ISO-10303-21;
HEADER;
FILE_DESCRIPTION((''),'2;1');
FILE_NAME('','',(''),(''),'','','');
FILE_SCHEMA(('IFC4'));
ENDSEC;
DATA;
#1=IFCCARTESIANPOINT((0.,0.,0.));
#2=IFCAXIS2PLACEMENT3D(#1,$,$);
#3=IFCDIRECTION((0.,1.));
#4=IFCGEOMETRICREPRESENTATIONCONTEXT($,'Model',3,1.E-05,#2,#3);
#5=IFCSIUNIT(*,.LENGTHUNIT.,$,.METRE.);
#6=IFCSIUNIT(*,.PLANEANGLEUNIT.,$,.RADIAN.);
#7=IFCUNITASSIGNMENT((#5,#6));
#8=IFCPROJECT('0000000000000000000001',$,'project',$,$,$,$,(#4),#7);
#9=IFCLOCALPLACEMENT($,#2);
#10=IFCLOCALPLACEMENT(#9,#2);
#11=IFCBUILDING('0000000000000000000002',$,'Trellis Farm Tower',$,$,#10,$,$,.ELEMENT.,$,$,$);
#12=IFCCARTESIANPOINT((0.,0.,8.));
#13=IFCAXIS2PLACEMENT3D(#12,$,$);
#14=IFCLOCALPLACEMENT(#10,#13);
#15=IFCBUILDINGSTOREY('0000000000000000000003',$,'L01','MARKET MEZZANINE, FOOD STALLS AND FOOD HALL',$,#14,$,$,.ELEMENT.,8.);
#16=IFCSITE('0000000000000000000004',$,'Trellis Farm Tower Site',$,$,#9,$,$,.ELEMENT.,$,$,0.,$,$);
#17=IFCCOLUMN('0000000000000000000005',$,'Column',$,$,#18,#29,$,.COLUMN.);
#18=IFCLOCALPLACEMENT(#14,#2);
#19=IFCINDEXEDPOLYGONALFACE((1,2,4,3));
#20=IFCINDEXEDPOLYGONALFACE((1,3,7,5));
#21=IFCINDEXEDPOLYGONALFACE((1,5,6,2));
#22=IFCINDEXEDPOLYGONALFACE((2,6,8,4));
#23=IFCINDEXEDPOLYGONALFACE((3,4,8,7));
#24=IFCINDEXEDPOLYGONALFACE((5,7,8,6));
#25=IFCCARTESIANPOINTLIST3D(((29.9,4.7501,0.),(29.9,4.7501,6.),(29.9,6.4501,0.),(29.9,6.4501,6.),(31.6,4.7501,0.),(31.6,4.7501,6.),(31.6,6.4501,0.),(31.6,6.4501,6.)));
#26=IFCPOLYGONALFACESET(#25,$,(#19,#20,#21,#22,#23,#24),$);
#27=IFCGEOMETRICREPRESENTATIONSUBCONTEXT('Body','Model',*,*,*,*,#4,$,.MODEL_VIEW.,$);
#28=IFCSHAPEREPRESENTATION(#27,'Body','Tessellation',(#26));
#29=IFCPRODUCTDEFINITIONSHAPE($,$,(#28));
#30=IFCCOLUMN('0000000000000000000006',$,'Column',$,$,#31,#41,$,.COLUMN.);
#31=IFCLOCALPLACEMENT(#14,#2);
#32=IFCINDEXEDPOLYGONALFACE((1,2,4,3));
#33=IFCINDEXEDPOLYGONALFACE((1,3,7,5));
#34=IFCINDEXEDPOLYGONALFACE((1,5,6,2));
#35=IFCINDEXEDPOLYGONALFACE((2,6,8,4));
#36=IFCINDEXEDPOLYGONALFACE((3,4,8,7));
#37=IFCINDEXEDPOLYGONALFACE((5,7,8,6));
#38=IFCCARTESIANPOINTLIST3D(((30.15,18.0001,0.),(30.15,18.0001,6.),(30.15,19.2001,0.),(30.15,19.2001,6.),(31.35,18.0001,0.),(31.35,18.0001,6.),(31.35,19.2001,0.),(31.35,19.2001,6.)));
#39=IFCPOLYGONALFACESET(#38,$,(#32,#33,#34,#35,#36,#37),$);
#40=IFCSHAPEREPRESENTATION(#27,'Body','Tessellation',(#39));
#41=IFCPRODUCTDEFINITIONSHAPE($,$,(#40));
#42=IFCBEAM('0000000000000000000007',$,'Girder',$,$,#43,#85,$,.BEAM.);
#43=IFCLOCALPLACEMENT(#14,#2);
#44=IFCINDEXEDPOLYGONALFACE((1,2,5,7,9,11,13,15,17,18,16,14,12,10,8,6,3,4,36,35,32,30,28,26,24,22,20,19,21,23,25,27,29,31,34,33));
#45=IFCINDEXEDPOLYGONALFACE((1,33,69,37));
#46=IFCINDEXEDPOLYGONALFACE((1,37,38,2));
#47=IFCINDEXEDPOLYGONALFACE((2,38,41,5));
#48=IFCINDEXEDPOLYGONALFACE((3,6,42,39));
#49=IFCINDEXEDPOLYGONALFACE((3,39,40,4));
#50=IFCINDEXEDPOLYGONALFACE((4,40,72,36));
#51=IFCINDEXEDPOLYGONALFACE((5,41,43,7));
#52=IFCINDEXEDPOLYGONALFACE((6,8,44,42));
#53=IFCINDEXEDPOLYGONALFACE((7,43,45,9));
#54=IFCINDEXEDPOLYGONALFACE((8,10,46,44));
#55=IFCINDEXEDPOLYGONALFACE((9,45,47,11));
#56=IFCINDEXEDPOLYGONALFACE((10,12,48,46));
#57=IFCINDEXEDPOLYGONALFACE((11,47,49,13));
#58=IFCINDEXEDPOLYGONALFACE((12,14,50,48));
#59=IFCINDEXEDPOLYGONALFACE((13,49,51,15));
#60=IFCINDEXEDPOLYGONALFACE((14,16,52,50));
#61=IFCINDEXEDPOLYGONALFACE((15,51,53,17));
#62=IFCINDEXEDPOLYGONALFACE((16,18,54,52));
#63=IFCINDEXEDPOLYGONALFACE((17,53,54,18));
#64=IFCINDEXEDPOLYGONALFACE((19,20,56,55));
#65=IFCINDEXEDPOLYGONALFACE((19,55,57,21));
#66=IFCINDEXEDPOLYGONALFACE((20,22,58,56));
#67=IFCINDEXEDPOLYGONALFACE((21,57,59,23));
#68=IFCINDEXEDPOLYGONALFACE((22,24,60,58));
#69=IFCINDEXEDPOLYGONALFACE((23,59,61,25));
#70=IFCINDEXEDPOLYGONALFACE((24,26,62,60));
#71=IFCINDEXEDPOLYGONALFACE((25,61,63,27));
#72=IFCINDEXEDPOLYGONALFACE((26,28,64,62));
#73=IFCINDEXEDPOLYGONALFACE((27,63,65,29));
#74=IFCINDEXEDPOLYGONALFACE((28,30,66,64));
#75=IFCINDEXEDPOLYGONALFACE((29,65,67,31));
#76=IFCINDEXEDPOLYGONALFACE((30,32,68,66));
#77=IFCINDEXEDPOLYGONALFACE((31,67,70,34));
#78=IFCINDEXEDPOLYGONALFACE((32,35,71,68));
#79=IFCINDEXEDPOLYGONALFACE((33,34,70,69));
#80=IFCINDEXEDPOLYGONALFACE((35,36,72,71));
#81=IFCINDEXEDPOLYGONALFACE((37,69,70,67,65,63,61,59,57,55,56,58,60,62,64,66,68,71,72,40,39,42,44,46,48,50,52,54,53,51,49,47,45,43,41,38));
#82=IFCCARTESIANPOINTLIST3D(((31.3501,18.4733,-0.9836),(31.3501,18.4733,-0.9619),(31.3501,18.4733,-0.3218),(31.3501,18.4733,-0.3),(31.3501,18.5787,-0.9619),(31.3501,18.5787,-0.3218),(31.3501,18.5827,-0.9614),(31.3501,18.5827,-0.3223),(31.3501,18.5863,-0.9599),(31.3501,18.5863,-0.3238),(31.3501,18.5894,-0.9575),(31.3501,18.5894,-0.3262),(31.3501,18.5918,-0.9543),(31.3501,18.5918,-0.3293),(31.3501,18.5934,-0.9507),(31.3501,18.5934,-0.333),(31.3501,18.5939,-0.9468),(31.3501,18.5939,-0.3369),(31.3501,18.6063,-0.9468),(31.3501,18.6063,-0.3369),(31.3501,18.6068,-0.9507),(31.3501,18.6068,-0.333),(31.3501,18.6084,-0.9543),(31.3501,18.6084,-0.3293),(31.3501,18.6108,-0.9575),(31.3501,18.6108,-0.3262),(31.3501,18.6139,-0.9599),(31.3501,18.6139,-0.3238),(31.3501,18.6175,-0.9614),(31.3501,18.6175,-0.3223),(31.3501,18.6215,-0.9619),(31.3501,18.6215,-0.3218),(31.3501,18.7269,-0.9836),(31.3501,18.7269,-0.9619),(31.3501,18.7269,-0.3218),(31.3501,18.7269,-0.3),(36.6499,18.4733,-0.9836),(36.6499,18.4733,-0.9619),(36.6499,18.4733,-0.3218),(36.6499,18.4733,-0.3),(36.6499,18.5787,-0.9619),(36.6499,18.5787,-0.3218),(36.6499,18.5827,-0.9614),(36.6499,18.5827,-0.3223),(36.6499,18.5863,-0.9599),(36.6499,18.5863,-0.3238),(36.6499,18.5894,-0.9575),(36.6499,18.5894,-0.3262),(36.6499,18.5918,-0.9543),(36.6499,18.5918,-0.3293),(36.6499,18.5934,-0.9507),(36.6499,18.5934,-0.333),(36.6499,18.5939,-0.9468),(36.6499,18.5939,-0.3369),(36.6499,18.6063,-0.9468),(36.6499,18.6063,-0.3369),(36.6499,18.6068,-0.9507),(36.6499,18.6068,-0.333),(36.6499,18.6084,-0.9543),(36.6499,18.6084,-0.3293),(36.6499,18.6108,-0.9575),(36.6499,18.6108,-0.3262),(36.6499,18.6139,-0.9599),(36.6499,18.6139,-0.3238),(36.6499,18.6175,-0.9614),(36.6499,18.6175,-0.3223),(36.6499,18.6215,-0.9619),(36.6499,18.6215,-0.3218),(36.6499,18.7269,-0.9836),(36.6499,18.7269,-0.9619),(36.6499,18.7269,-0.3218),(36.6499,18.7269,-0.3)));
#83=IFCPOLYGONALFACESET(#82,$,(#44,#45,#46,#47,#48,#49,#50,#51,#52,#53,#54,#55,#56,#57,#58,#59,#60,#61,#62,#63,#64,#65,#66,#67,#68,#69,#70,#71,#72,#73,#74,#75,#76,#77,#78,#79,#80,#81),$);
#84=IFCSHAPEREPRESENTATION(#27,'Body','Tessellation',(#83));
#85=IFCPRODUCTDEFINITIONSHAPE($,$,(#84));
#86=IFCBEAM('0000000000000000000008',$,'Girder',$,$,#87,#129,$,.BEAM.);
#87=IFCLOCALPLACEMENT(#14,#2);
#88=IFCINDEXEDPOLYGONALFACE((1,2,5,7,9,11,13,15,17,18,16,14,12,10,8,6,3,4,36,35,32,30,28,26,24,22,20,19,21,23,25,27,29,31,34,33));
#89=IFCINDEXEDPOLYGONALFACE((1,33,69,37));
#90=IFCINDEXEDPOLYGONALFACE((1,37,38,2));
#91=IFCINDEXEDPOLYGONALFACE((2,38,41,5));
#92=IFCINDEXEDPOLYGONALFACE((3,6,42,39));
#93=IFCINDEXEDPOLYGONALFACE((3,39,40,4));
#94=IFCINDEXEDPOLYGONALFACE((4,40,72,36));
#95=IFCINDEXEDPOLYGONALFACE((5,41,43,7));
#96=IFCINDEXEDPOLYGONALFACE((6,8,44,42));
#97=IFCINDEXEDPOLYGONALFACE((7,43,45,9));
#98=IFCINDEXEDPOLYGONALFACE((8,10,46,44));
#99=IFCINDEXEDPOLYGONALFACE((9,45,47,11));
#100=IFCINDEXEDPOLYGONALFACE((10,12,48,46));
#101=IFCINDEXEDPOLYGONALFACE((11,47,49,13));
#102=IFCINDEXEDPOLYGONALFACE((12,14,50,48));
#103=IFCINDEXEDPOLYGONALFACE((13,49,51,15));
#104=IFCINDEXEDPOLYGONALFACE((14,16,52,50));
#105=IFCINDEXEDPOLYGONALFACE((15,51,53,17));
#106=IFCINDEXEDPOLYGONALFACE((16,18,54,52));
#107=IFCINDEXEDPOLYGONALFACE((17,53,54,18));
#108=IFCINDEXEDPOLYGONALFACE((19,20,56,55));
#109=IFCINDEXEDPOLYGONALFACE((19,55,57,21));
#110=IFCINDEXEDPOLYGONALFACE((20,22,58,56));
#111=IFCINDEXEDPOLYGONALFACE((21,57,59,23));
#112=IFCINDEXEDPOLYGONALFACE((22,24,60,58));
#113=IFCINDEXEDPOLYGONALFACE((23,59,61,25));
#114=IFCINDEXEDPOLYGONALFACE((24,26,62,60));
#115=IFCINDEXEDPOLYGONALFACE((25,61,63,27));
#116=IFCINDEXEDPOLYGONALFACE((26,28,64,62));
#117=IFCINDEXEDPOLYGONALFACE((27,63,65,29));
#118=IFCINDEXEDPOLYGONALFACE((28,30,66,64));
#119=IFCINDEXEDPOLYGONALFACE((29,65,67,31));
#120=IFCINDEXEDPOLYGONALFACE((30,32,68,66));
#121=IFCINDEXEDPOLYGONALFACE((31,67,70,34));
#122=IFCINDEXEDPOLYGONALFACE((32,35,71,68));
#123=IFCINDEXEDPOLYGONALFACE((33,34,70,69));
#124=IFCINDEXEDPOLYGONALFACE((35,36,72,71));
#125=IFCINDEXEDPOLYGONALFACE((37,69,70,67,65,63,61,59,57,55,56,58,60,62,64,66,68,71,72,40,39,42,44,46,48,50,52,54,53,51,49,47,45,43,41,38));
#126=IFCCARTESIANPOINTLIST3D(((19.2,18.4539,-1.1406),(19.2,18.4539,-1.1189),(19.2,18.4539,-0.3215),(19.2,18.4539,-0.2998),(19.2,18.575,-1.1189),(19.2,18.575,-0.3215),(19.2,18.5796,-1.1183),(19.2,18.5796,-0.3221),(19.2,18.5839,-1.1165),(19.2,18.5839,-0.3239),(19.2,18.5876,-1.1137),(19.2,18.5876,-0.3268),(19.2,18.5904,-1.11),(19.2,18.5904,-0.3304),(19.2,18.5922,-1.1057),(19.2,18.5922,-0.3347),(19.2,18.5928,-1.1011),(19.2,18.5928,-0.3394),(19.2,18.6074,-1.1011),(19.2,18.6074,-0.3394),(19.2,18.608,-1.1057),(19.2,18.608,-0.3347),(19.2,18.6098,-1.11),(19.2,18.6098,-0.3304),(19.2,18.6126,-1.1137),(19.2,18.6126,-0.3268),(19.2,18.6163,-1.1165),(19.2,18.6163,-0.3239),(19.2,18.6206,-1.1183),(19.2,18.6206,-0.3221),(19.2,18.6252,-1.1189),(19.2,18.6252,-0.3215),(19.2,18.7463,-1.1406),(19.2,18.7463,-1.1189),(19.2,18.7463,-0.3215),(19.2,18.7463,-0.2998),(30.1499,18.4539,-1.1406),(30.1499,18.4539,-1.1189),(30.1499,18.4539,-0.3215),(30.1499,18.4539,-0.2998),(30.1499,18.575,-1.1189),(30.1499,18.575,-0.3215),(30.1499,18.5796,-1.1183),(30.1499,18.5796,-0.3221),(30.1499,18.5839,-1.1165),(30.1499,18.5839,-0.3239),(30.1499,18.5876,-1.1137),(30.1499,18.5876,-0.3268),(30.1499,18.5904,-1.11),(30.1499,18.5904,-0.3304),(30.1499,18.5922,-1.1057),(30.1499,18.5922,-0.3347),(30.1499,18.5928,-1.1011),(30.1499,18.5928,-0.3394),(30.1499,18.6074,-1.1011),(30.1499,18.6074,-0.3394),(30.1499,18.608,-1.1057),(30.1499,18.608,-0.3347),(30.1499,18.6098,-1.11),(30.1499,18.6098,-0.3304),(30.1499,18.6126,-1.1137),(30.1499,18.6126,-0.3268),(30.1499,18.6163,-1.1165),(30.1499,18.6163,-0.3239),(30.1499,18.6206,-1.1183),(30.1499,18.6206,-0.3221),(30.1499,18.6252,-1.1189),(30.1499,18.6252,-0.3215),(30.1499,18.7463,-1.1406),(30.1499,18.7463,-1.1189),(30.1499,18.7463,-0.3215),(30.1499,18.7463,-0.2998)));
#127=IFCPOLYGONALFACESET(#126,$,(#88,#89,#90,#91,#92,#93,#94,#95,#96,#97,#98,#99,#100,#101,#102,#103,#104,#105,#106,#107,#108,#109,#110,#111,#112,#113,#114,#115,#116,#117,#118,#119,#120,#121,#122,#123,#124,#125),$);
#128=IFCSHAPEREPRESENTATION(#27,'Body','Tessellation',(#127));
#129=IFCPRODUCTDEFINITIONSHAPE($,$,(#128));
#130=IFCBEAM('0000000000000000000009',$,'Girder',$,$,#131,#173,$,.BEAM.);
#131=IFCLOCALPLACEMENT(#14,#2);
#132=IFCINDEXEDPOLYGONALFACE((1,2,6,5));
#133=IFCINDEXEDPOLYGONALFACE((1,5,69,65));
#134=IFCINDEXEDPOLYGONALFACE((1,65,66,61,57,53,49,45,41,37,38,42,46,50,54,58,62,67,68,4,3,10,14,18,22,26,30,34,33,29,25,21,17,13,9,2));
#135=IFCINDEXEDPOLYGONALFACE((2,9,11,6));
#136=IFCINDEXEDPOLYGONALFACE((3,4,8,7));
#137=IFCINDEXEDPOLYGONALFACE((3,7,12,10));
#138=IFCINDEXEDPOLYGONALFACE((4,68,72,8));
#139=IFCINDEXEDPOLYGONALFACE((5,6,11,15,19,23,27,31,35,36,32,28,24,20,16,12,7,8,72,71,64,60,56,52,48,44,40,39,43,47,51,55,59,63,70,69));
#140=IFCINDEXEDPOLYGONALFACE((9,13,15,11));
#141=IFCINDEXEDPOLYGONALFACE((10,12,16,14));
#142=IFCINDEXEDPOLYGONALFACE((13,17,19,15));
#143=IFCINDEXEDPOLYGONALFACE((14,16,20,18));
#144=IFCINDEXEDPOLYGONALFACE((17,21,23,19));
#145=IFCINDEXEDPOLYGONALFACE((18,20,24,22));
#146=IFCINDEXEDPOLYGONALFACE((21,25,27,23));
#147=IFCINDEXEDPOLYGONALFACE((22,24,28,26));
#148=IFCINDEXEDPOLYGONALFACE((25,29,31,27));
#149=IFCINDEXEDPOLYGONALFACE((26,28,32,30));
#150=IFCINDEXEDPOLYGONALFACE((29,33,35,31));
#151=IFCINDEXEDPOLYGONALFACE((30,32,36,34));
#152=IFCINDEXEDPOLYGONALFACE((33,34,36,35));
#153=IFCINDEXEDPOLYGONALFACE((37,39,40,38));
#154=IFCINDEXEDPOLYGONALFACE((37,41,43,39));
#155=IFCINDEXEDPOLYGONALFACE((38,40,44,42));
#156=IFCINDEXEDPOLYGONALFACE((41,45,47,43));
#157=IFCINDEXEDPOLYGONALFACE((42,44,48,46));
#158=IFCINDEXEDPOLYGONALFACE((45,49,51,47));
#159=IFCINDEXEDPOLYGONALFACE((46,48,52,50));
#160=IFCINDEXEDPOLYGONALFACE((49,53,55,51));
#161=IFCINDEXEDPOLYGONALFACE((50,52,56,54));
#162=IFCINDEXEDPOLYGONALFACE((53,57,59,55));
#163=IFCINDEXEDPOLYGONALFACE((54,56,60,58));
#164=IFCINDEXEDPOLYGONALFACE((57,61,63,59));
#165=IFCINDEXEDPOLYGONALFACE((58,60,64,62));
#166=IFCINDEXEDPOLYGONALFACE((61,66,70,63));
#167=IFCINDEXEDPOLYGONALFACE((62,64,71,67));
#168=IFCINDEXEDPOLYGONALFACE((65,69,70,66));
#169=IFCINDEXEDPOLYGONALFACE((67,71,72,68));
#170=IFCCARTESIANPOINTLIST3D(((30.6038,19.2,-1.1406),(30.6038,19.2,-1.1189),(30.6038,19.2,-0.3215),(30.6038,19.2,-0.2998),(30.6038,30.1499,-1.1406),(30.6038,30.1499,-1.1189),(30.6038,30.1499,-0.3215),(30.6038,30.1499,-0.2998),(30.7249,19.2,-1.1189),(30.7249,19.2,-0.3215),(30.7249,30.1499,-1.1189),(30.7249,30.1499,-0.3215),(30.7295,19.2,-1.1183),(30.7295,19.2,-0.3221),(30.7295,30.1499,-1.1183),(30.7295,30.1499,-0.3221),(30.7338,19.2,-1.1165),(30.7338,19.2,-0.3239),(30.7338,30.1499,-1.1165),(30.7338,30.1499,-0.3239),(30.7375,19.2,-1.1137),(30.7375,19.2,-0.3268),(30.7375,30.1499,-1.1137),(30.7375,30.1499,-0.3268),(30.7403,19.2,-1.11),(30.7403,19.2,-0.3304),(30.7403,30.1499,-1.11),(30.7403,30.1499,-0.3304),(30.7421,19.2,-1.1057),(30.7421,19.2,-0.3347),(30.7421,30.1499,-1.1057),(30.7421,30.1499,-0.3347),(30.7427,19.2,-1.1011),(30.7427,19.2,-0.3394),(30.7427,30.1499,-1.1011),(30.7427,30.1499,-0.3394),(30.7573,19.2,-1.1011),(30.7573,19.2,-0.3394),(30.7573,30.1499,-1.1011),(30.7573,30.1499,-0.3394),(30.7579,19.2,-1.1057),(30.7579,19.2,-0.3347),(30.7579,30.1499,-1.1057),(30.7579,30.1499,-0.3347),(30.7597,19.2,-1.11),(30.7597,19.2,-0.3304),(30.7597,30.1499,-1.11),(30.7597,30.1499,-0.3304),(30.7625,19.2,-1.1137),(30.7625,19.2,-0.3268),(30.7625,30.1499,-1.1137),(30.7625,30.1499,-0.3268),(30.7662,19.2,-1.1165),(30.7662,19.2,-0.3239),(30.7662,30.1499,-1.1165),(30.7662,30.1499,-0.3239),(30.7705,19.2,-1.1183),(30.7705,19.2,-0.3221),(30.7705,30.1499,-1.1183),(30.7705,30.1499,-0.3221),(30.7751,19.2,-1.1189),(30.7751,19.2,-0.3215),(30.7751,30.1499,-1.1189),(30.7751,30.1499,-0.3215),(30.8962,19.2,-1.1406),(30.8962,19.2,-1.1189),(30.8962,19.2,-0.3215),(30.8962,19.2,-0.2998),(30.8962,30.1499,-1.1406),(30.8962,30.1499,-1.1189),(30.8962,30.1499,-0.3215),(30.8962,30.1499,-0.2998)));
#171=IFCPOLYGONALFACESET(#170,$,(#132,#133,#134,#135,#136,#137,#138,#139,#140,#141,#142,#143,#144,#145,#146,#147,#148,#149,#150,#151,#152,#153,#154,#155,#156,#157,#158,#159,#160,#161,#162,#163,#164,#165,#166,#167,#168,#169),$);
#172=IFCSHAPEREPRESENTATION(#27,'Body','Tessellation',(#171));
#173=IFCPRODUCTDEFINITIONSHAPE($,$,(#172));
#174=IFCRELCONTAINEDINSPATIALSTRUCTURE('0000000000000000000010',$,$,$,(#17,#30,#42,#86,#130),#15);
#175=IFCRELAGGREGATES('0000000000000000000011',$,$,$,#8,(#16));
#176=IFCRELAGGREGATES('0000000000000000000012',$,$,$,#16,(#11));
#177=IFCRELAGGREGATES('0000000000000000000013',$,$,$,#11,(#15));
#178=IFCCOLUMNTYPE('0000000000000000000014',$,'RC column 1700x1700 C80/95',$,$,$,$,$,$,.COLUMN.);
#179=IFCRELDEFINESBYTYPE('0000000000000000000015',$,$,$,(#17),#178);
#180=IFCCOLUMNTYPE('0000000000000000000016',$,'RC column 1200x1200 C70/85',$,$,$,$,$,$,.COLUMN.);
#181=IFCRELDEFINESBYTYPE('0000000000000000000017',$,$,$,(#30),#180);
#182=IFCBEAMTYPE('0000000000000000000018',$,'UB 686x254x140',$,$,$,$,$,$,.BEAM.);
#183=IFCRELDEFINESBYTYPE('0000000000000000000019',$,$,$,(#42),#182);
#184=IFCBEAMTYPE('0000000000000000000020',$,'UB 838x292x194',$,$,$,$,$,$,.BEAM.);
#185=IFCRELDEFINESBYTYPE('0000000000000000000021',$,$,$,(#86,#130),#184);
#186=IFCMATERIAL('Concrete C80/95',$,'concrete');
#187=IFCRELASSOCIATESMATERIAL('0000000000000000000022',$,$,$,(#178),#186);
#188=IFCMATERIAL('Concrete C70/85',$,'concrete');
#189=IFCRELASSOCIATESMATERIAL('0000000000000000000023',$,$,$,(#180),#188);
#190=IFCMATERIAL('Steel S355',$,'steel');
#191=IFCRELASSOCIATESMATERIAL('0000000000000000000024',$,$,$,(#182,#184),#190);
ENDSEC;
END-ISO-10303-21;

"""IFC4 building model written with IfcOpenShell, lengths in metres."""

from ifc_helpers import new_model, si_unit, direction, frame, origin, origin_2d, place, context, subcontext, project, spatial, rectangle, i_section, extrude, source, transform, mapped, material, material_profile, profile_set, type_object, element, save


model = new_model("IFC4")

# Units and contexts
model_context = context("Model", 3, precision=1e-05, world=origin(), true_north=direction((0.0, 1.0)))
body_context = subcontext(model_context, "Body", "Model", "MODEL_VIEW")
ifc_project = project(units=[si_unit("LENGTHUNIT", "METRE"), si_unit("PLANEANGLEUNIT", "RADIAN")], contexts=[model_context])

# Site, building, storey
site_placement = place(None, origin())
site = spatial("IfcSite", under=ifc_project, at=site_placement, Name="Trellis Farm Tower Site", CompositionType="ELEMENT", RefElevation=0.0)
building_placement = place(site_placement, origin())
building = spatial("IfcBuilding", under=site, at=building_placement, Name="Trellis Farm Tower", CompositionType="ELEMENT")
storey_placement = place(building_placement, frame((0.0, 0.0, 8.0)))
storey = spatial("IfcBuildingStorey", under=building, at=storey_placement, Name="L01", Description="MARKET MEZZANINE, FOOD STALLS AND FOOD HALL", CompositionType="ELEMENT", Elevation=8.0)

# Columns
ifc_material_1 = material(Name="Concrete C80/95", Category="concrete")
ifc_material_profile_1 = material_profile(ifc_material_1, rectangle(XDim=1.7, YDim=1.7, at=origin_2d()), Name="RC column 1700x1700 C80/95")
ifc_profile_set_1 = profile_set([ifc_material_profile_1], Name="Concrete C80/95")
column_type_1 = type_object("IfcColumnType", Name="RC column 1700x1700 C80/95", PredefinedType="COLUMN", material=ifc_profile_set_1)
shared_shape_1 = source(origin(), body_context, "Body", "SweptSolid", [
    extrude(rectangle(XDim=1.7, YDim=1.7, at=origin_2d()), origin(), (0.0, 0.0, 1.0), 6.0),
])
column_1_placement = place(storey_placement, frame((30.75, 5.6001, 0.0), z_axis=(0.0, 0.0, 1.0), x_axis=(1.0, 0.0, 0.0)))
element("IfcColumn", 1, at=column_1_placement, inside=storey, type_object=column_type_1, Name="Column", PredefinedType="COLUMN", context=body_context, shape_type="MappedRepresentation", body=[
    mapped(shared_shape_1, transform((0.0, 0.0, 0.0))),
])
ifc_material_2 = material(Name="Concrete C70/85", Category="concrete")
ifc_material_profile_2 = material_profile(ifc_material_2, rectangle(XDim=1.2, YDim=1.2, at=origin_2d()), Name="RC column 1200x1200 C70/85")
ifc_profile_set_2 = profile_set([ifc_material_profile_2], Name="Concrete C70/85")
column_type_2 = type_object("IfcColumnType", Name="RC column 1200x1200 C70/85", PredefinedType="COLUMN", material=ifc_profile_set_2)
shared_shape_2 = source(origin(), body_context, "Body", "SweptSolid", [
    extrude(rectangle(XDim=1.2, YDim=1.2, at=origin_2d()), origin(), (0.0, 0.0, 1.0), 6.0),
])
column_2_placement = place(storey_placement, frame((30.75, 18.6001, 0.0), z_axis=(0.0, 0.0, 1.0), x_axis=(1.0, 0.0, 0.0)))
element("IfcColumn", 2, at=column_2_placement, inside=storey, type_object=column_type_2, Name="Column", PredefinedType="COLUMN", context=body_context, shape_type="MappedRepresentation", body=[
    mapped(shared_shape_2, transform((0.0, 0.0, 0.0))),
])

# Beams
ifc_material_3 = material(Name="Steel S355", Category="steel")
ifc_material_profile_3 = material_profile(ifc_material_3, i_section(OverallWidth=0.2537, OverallDepth=0.6836, WebThickness=0.0125, FlangeThickness=0.0217, FilletRadius=0.0151, at=origin_2d()), Name="UB 686x254x140")
ifc_profile_set_3 = profile_set([ifc_material_profile_3], Name="Steel S355")
beam_type_1 = type_object("IfcBeamType", Name="UB 686x254x140", PredefinedType="BEAM", material=ifc_profile_set_3)
shared_shape_3 = source(origin(), body_context, "Body", "SweptSolid", [
    extrude(i_section(OverallWidth=0.2537, OverallDepth=0.6836, WebThickness=0.0125, FlangeThickness=0.0217, FilletRadius=0.0151, at=origin_2d()), origin(), (0.0, 0.0, 1.0), 5.2998),
])
beam_1_placement = place(storey_placement, frame((31.3501, 18.6001, -0.6418), z_axis=(1.0, 0.0, 0.0), x_axis=(0.0, 1.0, 0.0)))
element("IfcBeam", 3, at=beam_1_placement, inside=storey, type_object=beam_type_1, Name="Girder", PredefinedType="BEAM", context=body_context, shape_type="MappedRepresentation", body=[
    mapped(shared_shape_3, transform((0.0, 0.0, 0.0))),
])
ifc_material_profile_4 = material_profile(ifc_material_3, i_section(OverallWidth=0.2925, OverallDepth=0.8408, WebThickness=0.0146, FlangeThickness=0.0217, FilletRadius=0.0178, at=origin_2d()), Name="UB 838x292x194")
ifc_profile_set_4 = profile_set([ifc_material_profile_4], Name="Steel S355")
beam_type_2 = type_object("IfcBeamType", Name="UB 838x292x194", PredefinedType="BEAM", material=ifc_profile_set_4)
shared_shape_4 = source(origin(), body_context, "Body", "SweptSolid", [
    extrude(i_section(OverallWidth=0.2925, OverallDepth=0.8408, WebThickness=0.0146, FlangeThickness=0.0217, FilletRadius=0.0178, at=origin_2d()), origin(), (0.0, 0.0, 1.0), 10.95),
])
for number, where, z_axis, x_axis, name in (
    (4, (19.2, 18.6001, -0.7202), (1.0, 0.0, 0.0), (0.0, 1.0, 0.0), "Girder"),
    (5, (30.75, 19.2, -0.7202), (0.0, 1.0, 0.0), (-1.0, 0.0, 0.0), "Girder"),
):
    element("IfcBeam", number, at=place(storey_placement, frame(where, z_axis=z_axis, x_axis=x_axis)), inside=storey, type_object=beam_type_2, Name=name, PredefinedType="BEAM", context=body_context, shape_type="MappedRepresentation", body=[
        mapped(shared_shape_4, transform((0.0, 0.0, 0.0))),
    ])

save(model, "model.ifc")
